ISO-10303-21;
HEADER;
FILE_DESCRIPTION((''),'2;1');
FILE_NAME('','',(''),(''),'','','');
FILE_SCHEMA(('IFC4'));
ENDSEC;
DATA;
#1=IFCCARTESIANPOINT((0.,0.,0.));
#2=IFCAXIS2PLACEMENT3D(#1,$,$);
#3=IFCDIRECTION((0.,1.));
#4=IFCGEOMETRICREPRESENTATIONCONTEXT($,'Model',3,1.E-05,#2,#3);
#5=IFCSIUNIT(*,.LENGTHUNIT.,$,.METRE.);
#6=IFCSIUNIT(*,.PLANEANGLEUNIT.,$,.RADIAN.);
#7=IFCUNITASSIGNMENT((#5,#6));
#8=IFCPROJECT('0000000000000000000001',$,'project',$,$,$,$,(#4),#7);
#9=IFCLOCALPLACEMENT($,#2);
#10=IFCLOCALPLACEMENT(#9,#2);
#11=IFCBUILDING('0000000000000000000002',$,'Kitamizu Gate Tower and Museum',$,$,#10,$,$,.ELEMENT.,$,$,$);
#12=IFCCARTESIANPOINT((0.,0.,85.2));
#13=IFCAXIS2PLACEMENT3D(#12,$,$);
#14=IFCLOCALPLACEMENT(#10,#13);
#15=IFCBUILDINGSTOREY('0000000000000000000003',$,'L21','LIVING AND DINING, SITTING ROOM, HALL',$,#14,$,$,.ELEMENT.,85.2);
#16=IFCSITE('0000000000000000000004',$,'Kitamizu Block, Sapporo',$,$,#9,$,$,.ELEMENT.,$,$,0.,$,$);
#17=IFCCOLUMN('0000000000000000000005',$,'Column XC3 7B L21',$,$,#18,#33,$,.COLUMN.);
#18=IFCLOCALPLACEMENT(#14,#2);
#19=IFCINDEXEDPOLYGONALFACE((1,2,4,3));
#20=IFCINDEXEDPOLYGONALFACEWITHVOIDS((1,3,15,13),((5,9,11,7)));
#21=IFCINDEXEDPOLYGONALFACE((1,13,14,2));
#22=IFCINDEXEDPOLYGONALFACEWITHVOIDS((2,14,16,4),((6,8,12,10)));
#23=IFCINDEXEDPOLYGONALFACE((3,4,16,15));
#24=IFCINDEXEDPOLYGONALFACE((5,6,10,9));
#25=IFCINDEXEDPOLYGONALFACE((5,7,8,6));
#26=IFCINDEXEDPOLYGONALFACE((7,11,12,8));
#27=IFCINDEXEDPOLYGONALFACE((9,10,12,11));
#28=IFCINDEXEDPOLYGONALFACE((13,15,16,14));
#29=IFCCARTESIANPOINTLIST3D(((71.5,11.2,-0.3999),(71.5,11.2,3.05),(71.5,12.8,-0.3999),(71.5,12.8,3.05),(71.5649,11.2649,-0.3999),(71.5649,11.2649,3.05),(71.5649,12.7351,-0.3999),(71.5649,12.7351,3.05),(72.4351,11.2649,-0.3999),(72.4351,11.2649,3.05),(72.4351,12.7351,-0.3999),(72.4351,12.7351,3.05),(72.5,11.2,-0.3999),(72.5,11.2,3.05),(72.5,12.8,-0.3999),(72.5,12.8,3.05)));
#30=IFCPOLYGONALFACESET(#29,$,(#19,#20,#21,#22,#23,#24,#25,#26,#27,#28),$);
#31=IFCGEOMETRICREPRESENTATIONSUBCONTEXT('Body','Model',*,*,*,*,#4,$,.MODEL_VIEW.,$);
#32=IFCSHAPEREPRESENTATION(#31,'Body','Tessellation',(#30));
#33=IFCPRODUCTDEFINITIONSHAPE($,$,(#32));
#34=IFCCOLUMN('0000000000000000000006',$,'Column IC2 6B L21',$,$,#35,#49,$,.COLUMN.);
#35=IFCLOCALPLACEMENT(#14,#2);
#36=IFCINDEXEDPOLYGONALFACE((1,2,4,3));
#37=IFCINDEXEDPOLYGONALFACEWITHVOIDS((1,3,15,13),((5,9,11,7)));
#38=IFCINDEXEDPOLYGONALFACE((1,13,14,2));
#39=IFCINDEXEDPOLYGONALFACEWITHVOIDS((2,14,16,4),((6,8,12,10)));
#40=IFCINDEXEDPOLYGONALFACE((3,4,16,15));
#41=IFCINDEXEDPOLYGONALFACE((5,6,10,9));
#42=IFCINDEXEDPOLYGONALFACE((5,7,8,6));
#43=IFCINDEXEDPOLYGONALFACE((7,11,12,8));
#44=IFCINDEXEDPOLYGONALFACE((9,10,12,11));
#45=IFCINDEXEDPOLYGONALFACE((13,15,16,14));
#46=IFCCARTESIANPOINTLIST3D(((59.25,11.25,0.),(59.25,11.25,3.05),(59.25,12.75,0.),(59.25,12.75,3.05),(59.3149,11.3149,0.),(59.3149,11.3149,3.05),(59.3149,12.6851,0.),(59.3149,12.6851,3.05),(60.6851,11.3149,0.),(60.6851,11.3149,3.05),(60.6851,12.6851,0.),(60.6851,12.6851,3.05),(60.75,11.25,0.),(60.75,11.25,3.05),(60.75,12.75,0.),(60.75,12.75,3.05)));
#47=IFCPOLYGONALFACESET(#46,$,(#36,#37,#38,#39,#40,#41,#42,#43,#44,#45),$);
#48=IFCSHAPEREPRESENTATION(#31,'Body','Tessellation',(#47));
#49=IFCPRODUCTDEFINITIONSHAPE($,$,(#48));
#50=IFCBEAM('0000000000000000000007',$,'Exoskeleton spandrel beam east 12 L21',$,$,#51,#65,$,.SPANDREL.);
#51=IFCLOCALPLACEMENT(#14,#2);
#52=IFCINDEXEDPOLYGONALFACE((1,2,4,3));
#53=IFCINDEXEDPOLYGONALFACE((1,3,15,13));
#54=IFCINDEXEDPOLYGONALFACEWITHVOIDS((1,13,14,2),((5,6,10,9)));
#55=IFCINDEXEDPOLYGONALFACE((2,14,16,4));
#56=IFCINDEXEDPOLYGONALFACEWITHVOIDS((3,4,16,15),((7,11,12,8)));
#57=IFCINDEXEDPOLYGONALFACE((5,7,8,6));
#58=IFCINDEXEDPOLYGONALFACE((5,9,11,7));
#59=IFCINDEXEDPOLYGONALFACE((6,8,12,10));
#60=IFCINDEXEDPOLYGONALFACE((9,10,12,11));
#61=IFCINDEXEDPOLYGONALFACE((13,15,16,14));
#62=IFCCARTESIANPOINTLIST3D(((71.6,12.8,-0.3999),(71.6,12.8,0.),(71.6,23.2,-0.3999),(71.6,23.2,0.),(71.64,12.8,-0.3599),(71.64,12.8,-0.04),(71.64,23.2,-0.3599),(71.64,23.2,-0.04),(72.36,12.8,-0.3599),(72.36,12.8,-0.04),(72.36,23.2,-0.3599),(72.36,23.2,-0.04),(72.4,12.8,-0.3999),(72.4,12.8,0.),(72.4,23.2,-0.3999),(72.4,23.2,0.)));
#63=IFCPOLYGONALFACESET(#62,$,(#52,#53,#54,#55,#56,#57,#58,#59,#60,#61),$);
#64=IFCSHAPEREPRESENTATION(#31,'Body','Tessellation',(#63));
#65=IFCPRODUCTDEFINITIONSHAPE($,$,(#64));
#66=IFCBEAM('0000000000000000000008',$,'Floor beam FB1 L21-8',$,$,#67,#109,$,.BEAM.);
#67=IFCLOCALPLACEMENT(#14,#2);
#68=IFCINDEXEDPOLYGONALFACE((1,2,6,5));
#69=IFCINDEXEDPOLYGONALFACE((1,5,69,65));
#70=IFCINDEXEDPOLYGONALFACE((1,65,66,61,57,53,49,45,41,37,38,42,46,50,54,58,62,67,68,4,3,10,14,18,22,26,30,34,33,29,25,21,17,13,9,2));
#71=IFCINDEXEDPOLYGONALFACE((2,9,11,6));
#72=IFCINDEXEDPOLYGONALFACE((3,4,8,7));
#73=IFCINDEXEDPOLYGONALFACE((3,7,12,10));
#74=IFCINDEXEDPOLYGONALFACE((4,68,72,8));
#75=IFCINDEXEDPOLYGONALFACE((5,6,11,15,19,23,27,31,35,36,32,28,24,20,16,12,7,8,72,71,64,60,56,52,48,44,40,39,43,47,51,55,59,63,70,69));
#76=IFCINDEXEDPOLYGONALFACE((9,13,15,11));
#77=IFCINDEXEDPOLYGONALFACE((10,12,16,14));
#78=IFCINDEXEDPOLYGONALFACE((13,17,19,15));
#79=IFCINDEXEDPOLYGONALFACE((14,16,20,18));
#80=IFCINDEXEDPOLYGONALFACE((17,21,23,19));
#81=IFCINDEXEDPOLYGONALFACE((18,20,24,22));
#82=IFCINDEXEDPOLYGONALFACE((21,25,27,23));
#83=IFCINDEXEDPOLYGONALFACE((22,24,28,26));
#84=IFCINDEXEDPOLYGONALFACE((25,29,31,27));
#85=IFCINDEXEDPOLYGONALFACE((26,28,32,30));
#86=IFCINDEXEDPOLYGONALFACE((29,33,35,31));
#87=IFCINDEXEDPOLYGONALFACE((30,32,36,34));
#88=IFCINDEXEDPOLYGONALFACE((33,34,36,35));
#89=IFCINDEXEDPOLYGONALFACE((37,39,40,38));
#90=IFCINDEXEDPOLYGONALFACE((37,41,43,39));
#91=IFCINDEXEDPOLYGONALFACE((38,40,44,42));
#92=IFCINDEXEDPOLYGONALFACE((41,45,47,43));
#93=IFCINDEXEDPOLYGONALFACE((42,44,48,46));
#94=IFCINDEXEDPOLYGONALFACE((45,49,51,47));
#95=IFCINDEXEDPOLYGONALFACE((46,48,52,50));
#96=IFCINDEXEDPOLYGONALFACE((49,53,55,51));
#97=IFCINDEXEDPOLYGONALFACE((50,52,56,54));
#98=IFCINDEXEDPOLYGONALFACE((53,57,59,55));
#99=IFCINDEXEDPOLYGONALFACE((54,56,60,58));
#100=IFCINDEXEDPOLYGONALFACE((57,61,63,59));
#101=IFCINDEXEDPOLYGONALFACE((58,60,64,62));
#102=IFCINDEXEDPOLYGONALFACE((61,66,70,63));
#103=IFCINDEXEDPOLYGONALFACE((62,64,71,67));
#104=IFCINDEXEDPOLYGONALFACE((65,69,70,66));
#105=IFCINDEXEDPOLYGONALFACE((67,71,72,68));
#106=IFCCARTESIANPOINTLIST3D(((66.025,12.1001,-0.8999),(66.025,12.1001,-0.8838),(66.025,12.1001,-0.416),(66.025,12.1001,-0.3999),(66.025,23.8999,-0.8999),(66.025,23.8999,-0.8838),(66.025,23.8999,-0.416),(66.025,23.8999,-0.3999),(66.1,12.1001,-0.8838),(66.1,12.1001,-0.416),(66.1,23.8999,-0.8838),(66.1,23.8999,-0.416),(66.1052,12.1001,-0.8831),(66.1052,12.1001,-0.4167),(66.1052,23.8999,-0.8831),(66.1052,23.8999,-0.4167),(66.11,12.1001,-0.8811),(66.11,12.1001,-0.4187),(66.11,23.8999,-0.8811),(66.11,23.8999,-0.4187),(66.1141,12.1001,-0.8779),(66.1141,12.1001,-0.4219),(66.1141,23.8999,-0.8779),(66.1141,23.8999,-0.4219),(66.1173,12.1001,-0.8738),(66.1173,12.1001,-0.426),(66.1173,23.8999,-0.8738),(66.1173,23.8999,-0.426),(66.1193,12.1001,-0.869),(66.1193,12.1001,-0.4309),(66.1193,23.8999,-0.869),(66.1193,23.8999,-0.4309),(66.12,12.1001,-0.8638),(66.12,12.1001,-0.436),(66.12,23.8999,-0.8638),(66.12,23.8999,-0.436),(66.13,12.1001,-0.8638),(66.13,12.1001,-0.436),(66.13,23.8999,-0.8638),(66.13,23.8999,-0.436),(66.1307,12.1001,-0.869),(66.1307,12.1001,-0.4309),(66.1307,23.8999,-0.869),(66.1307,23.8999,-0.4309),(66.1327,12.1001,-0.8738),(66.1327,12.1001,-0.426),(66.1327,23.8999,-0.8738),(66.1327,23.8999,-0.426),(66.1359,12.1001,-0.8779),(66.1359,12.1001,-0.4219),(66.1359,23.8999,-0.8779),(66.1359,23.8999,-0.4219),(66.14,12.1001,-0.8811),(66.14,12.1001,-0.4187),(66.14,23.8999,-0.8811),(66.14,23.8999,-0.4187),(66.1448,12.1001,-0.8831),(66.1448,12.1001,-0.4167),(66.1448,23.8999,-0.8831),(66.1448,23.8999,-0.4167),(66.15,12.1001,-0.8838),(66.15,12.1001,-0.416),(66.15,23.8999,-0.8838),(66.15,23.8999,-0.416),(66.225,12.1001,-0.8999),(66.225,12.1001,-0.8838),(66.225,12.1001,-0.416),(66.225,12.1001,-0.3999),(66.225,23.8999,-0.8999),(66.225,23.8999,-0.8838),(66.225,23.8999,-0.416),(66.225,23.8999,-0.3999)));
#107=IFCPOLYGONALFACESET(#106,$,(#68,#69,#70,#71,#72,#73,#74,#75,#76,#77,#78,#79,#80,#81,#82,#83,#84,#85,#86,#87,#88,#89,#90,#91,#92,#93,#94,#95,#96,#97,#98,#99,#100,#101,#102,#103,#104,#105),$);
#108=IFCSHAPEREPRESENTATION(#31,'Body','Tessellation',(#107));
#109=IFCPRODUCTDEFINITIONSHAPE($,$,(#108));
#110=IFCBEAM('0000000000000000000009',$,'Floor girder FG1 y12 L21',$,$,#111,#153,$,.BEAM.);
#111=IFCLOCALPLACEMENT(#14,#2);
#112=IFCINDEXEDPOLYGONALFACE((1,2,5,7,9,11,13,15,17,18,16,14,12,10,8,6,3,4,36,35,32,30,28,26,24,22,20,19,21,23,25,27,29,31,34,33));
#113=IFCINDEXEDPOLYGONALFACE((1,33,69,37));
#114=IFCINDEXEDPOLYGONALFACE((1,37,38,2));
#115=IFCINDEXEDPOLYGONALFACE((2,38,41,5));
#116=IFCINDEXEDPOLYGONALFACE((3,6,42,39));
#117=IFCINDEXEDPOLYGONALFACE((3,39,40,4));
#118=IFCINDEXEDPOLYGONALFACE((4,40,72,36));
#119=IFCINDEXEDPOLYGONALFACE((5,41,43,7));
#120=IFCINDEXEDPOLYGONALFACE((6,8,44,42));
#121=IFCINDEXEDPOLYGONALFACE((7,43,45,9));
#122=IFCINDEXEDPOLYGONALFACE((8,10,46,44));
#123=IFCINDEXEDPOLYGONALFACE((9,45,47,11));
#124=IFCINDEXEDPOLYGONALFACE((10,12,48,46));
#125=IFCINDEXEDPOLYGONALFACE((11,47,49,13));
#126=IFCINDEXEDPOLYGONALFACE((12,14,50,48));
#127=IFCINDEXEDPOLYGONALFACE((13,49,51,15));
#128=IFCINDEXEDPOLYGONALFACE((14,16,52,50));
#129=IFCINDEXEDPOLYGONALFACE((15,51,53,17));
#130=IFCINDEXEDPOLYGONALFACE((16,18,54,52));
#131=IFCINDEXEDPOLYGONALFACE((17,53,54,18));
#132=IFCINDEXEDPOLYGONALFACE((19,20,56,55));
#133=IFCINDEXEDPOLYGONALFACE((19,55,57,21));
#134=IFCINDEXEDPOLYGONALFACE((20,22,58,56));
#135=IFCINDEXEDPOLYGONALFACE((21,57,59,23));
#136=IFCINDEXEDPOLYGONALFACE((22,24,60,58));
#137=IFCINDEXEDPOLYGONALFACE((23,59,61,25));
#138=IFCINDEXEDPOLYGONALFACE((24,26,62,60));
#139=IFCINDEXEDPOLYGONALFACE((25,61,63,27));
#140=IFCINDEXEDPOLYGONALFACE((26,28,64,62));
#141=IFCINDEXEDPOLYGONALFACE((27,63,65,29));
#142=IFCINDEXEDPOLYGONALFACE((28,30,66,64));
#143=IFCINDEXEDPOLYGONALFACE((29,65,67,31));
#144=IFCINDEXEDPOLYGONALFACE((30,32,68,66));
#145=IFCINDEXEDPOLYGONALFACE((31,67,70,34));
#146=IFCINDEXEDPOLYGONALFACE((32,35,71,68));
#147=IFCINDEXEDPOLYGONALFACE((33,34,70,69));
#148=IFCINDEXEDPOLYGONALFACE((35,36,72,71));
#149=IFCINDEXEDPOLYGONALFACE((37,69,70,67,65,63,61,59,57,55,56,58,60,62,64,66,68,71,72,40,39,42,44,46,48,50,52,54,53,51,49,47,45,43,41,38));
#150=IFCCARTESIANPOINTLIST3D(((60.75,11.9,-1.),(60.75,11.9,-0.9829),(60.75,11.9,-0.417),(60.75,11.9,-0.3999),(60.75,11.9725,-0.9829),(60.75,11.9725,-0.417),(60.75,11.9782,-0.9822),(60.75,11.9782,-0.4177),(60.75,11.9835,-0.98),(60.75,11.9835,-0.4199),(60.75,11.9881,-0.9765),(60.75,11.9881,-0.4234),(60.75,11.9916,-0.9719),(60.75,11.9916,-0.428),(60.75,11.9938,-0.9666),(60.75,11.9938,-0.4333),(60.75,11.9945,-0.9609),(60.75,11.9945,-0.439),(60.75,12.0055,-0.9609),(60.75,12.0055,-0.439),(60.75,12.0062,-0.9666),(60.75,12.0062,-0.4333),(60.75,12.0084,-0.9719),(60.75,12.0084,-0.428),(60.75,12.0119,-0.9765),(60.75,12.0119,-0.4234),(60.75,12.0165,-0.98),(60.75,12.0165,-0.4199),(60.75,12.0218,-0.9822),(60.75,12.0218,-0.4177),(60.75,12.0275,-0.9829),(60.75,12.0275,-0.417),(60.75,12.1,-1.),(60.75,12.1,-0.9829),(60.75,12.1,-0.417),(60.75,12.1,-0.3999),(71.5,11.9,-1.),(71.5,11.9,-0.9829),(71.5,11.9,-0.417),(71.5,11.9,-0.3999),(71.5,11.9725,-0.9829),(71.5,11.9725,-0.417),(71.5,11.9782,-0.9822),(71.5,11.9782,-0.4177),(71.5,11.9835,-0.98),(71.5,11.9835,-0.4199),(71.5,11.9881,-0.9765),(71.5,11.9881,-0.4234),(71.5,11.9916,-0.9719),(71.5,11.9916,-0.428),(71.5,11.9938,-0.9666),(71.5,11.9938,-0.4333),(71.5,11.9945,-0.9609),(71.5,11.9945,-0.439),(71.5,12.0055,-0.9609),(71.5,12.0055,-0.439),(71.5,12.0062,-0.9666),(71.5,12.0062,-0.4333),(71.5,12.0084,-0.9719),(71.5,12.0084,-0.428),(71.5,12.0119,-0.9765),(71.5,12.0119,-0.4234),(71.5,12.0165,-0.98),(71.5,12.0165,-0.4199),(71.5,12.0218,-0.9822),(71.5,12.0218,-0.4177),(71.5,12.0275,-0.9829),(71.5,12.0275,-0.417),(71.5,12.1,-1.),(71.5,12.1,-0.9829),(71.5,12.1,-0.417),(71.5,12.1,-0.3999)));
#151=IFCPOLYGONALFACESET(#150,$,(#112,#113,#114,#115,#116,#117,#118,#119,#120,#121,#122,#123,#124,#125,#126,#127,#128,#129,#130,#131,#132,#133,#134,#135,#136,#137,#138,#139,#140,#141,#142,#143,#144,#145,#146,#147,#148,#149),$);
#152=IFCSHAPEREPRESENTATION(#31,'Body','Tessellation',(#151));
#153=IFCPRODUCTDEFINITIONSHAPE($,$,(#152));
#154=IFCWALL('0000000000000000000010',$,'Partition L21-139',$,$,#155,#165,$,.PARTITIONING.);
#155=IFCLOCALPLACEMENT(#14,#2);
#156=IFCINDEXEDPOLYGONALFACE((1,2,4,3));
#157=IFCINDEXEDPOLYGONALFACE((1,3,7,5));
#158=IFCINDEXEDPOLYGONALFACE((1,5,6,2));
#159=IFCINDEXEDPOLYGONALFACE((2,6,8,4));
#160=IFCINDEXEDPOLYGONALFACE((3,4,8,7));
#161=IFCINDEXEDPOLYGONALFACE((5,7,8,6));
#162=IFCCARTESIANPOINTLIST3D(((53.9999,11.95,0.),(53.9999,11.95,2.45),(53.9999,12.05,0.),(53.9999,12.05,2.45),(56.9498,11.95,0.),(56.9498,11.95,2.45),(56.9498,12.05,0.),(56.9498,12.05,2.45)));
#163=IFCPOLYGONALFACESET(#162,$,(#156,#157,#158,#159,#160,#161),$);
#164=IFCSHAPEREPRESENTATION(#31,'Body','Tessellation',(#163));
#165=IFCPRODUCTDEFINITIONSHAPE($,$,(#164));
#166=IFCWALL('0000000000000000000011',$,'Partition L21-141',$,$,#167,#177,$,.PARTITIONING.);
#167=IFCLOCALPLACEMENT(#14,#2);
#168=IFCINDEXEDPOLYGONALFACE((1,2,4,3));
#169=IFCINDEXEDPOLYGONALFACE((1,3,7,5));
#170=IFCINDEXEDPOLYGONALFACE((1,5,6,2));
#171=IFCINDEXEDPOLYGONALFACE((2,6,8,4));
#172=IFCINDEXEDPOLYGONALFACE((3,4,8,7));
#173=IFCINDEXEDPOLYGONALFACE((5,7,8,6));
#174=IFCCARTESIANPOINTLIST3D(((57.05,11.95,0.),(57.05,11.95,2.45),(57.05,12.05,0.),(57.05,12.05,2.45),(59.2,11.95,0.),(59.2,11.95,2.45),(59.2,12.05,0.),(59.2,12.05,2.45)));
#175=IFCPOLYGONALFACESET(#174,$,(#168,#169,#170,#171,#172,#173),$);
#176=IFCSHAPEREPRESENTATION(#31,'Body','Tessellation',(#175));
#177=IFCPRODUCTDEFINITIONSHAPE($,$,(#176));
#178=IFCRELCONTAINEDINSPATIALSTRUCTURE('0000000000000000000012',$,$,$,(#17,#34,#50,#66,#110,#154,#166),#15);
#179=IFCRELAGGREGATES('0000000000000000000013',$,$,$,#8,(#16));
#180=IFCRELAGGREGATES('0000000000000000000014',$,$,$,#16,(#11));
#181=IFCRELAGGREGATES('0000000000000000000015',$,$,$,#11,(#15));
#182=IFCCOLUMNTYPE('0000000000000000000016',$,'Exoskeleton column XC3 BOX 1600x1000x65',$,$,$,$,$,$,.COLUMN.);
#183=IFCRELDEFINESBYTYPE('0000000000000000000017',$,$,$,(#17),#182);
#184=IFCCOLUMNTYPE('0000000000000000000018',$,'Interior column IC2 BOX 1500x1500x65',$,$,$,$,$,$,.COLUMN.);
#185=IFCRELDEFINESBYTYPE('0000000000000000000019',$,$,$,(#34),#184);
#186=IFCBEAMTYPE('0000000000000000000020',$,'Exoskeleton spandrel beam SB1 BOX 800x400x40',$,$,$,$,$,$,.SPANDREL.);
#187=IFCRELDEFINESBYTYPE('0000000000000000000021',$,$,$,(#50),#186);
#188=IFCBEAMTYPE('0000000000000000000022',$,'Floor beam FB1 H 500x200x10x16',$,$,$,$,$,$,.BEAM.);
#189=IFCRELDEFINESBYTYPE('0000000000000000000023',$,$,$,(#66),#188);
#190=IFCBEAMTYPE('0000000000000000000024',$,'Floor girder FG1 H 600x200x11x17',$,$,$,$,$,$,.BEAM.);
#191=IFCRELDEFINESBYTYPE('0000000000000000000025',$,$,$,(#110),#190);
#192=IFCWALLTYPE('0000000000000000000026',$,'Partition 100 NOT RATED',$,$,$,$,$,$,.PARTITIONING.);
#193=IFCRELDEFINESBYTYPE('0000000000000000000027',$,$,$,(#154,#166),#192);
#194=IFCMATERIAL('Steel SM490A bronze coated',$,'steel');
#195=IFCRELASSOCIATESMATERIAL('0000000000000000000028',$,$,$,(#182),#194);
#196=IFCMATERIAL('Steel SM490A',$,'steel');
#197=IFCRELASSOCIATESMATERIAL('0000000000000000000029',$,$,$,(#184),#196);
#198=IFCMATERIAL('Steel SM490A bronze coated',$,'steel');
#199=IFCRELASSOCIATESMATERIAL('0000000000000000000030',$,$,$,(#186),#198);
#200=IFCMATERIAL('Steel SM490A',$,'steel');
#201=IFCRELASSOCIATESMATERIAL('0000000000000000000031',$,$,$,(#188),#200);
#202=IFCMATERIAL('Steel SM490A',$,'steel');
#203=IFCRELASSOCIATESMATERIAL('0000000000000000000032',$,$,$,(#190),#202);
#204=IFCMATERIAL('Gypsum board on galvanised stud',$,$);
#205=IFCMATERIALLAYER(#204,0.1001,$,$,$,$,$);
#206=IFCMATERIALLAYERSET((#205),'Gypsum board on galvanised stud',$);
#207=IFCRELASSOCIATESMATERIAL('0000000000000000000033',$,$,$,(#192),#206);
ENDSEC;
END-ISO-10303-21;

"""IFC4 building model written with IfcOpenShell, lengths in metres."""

from ifc_helpers import new_model, si_unit, direction, frame, frame_2d, origin, origin_2d, place, context, subcontext, project, spatial, rectangle, hollow_rectangle, i_section, extrude, material, layer, layer_set, material_profile, profile_set, type_object, element, save


model = new_model("IFC4")

# Units and contexts
model_context = context("Model", 3, precision=1e-05, world=origin(), true_north=direction((0.0, 1.0)))
body_context = subcontext(model_context, "Body", "Model", "MODEL_VIEW")
ifc_project = project(units=[si_unit("LENGTHUNIT", "METRE"), si_unit("PLANEANGLEUNIT", "RADIAN")], contexts=[model_context])

# Site, building, storey
site_placement = place(None, origin())
site = spatial("IfcSite", under=ifc_project, at=site_placement, Name="Kitamizu Block, Sapporo", CompositionType="ELEMENT", RefElevation=0.0)
building_placement = place(site_placement, origin())
building = spatial("IfcBuilding", under=site, at=building_placement, Name="Kitamizu Gate Tower and Museum", CompositionType="ELEMENT")
storey_placement = place(building_placement, frame((0.0, 0.0, 85.2)))
storey = spatial("IfcBuildingStorey", under=building, at=storey_placement, Name="L21", Description="LIVING AND DINING, SITTING ROOM, HALL", CompositionType="ELEMENT", Elevation=85.2)

# Columns
ifc_material_1 = material(Name="Steel SM490A bronze coated", Category="steel")
ifc_material_profile_1 = material_profile(ifc_material_1, hollow_rectangle(XDim=1.6001, YDim=1.0, WallThickness=0.0649, at=origin_2d()), Name="BOX 1600x1000x65")
ifc_profile_set_1 = profile_set([ifc_material_profile_1], Name="Steel SM490A bronze coated")
column_type_1 = type_object("IfcColumnType", Name="Exoskeleton column XC3 BOX 1600x1000x65", PredefinedType="COLUMN", material=ifc_profile_set_1)
column_1_placement = place(storey_placement, frame((72.0, 12.0, -0.3999), z_axis=(0.0, 0.0, 1.0), x_axis=(0.0, 1.0, 0.0)))
element("IfcColumn", 1, at=column_1_placement, inside=storey, type_object=column_type_1, Name="Column XC3 7B L21", PredefinedType="COLUMN", context=body_context, shape_type="SweptSolid", body=[
    extrude(hollow_rectangle(XDim=1.6001, YDim=1.0, WallThickness=0.0649, at=origin_2d()), origin(), (0.0, 0.0, 1.0), 3.45),
])
ifc_material_2 = material(Name="Steel SM490A", Category="steel")
ifc_material_profile_2 = material_profile(ifc_material_2, hollow_rectangle(XDim=1.5, YDim=1.5, WallThickness=0.0649, at=origin_2d()), Name="BOX 1500x1500x65")
ifc_profile_set_2 = profile_set([ifc_material_profile_2], Name="Steel SM490A")
column_type_2 = type_object("IfcColumnType", Name="Interior column IC2 BOX 1500x1500x65", PredefinedType="COLUMN", material=ifc_profile_set_2)
column_2_placement = place(storey_placement, frame((60.0, 12.0, 0.0), z_axis=(0.0, 0.0, 1.0), x_axis=(1.0, 0.0, 0.0)))
element("IfcColumn", 2, at=column_2_placement, inside=storey, type_object=column_type_2, Name="Column IC2 6B L21", PredefinedType="COLUMN", context=body_context, shape_type="SweptSolid", body=[
    extrude(hollow_rectangle(XDim=1.5, YDim=1.5, WallThickness=0.0649, at=origin_2d()), origin(), (0.0, 0.0, 1.0), 3.05),
])

# Beams
ifc_material_3 = material(Name="Steel SM490A bronze coated", Category="steel")
ifc_material_profile_3 = material_profile(ifc_material_3, hollow_rectangle(XDim=0.8, YDim=0.3999, WallThickness=0.04, at=origin_2d()), Name="BOX 800x400x40")
ifc_profile_set_3 = profile_set([ifc_material_profile_3], Name="Steel SM490A bronze coated")
beam_type_1 = type_object("IfcBeamType", Name="Exoskeleton spandrel beam SB1 BOX 800x400x40", PredefinedType="SPANDREL", material=ifc_profile_set_3)
beam_1_placement = place(storey_placement, frame((72.0, 12.8, -0.2), z_axis=(0.0, 1.0, 0.0), x_axis=(-1.0, 0.0, 0.0)))
element("IfcBeam", 3, at=beam_1_placement, inside=storey, type_object=beam_type_1, Name="Exoskeleton spandrel beam east 12 L21", PredefinedType="SPANDREL", context=body_context, shape_type="SweptSolid", body=[
    extrude(hollow_rectangle(XDim=0.8, YDim=0.3999, WallThickness=0.04, at=origin_2d()), origin(), (0.0, 0.0, 1.0), 10.3999),
])
ifc_material_4 = material(Name="Steel SM490A", Category="steel")
ifc_material_profile_4 = material_profile(ifc_material_4, i_section(OverallWidth=0.2, OverallDepth=0.5, WebThickness=0.01, FlangeThickness=0.0161, FilletRadius=0.02, at=origin_2d()), Name="H-500x200x10x16")
ifc_profile_set_4 = profile_set([ifc_material_profile_4], Name="Steel SM490A")
beam_type_2 = type_object("IfcBeamType", Name="Floor beam FB1 H 500x200x10x16", PredefinedType="BEAM", material=ifc_profile_set_4)
beam_2_placement = place(storey_placement, frame((66.125, 12.1001, -0.6499), z_axis=(0.0, 1.0, 0.0), x_axis=(-1.0, 0.0, 0.0)))
element("IfcBeam", 4, at=beam_2_placement, inside=storey, type_object=beam_type_2, Name="Floor beam FB1 L21-8", PredefinedType="BEAM", context=body_context, shape_type="SweptSolid", body=[
    extrude(i_section(OverallWidth=0.2, OverallDepth=0.5, WebThickness=0.01, FlangeThickness=0.0161, FilletRadius=0.02, at=origin_2d()), origin(), (0.0, 0.0, 1.0), 11.7998),
])
ifc_material_5 = material(Name="Steel SM490A", Category="steel")
ifc_material_profile_5 = material_profile(ifc_material_5, i_section(OverallWidth=0.2, OverallDepth=0.6001, WebThickness=0.011, FlangeThickness=0.0171, FilletRadius=0.022, at=origin_2d()), Name="H-600x200x11x17")
ifc_profile_set_5 = profile_set([ifc_material_profile_5], Name="Steel SM490A")
beam_type_3 = type_object("IfcBeamType", Name="Floor girder FG1 H 600x200x11x17", PredefinedType="BEAM", material=ifc_profile_set_5)
beam_3_placement = place(storey_placement, frame((60.75, 12.0, -0.7), z_axis=(1.0, 0.0, 0.0), x_axis=(0.0, 1.0, 0.0)))
element("IfcBeam", 5, at=beam_3_placement, inside=storey, type_object=beam_type_3, Name="Floor girder FG1 y12 L21", PredefinedType="BEAM", context=body_context, shape_type="SweptSolid", body=[
    extrude(i_section(OverallWidth=0.2, OverallDepth=0.6001, WebThickness=0.011, FlangeThickness=0.0171, FilletRadius=0.022, at=origin_2d()), origin(), (0.0, 0.0, 1.0), 10.75),
])

# Walls
ifc_material_6 = material(Name="Gypsum board on galvanised stud")
ifc_layer_1 = layer(ifc_material_6, 0.1001)
ifc_layer_set_1 = layer_set([ifc_layer_1], Name="Gypsum board on galvanised stud")
wall_type_1 = type_object("IfcWallType", Name="Partition 100 NOT RATED", PredefinedType="PARTITIONING", material=ifc_layer_set_1)
wall_1_placement = place(storey_placement, frame((56.95, 12.0, 0.0), z_axis=(0.0, 0.0, 1.0), x_axis=(-1.0, 0.0, 0.0)))
element("IfcWall", 6, at=wall_1_placement, inside=storey, type_object=wall_type_1, Name="Partition L21-139", PredefinedType="PARTITIONING", context=body_context, shape_type="SweptSolid", body=[
    extrude(rectangle(XDim=2.95, YDim=0.1001, at=frame_2d((1.4751, 0.0))), origin(), (0.0, 0.0, 1.0), 2.45),
])
wall_2_placement = place(storey_placement, frame((59.2, 12.0, 0.0), z_axis=(0.0, 0.0, 1.0), x_axis=(-1.0, 0.0, 0.0)))
element("IfcWall", 7, at=wall_2_placement, inside=storey, type_object=wall_type_1, Name="Partition L21-141", PredefinedType="PARTITIONING", context=body_context, shape_type="SweptSolid", body=[
    extrude(rectangle(XDim=2.1499, YDim=0.1001, at=frame_2d((1.075, 0.0))), origin(), (0.0, 0.0, 1.0), 2.45),
])

save(model, "model.ifc")
